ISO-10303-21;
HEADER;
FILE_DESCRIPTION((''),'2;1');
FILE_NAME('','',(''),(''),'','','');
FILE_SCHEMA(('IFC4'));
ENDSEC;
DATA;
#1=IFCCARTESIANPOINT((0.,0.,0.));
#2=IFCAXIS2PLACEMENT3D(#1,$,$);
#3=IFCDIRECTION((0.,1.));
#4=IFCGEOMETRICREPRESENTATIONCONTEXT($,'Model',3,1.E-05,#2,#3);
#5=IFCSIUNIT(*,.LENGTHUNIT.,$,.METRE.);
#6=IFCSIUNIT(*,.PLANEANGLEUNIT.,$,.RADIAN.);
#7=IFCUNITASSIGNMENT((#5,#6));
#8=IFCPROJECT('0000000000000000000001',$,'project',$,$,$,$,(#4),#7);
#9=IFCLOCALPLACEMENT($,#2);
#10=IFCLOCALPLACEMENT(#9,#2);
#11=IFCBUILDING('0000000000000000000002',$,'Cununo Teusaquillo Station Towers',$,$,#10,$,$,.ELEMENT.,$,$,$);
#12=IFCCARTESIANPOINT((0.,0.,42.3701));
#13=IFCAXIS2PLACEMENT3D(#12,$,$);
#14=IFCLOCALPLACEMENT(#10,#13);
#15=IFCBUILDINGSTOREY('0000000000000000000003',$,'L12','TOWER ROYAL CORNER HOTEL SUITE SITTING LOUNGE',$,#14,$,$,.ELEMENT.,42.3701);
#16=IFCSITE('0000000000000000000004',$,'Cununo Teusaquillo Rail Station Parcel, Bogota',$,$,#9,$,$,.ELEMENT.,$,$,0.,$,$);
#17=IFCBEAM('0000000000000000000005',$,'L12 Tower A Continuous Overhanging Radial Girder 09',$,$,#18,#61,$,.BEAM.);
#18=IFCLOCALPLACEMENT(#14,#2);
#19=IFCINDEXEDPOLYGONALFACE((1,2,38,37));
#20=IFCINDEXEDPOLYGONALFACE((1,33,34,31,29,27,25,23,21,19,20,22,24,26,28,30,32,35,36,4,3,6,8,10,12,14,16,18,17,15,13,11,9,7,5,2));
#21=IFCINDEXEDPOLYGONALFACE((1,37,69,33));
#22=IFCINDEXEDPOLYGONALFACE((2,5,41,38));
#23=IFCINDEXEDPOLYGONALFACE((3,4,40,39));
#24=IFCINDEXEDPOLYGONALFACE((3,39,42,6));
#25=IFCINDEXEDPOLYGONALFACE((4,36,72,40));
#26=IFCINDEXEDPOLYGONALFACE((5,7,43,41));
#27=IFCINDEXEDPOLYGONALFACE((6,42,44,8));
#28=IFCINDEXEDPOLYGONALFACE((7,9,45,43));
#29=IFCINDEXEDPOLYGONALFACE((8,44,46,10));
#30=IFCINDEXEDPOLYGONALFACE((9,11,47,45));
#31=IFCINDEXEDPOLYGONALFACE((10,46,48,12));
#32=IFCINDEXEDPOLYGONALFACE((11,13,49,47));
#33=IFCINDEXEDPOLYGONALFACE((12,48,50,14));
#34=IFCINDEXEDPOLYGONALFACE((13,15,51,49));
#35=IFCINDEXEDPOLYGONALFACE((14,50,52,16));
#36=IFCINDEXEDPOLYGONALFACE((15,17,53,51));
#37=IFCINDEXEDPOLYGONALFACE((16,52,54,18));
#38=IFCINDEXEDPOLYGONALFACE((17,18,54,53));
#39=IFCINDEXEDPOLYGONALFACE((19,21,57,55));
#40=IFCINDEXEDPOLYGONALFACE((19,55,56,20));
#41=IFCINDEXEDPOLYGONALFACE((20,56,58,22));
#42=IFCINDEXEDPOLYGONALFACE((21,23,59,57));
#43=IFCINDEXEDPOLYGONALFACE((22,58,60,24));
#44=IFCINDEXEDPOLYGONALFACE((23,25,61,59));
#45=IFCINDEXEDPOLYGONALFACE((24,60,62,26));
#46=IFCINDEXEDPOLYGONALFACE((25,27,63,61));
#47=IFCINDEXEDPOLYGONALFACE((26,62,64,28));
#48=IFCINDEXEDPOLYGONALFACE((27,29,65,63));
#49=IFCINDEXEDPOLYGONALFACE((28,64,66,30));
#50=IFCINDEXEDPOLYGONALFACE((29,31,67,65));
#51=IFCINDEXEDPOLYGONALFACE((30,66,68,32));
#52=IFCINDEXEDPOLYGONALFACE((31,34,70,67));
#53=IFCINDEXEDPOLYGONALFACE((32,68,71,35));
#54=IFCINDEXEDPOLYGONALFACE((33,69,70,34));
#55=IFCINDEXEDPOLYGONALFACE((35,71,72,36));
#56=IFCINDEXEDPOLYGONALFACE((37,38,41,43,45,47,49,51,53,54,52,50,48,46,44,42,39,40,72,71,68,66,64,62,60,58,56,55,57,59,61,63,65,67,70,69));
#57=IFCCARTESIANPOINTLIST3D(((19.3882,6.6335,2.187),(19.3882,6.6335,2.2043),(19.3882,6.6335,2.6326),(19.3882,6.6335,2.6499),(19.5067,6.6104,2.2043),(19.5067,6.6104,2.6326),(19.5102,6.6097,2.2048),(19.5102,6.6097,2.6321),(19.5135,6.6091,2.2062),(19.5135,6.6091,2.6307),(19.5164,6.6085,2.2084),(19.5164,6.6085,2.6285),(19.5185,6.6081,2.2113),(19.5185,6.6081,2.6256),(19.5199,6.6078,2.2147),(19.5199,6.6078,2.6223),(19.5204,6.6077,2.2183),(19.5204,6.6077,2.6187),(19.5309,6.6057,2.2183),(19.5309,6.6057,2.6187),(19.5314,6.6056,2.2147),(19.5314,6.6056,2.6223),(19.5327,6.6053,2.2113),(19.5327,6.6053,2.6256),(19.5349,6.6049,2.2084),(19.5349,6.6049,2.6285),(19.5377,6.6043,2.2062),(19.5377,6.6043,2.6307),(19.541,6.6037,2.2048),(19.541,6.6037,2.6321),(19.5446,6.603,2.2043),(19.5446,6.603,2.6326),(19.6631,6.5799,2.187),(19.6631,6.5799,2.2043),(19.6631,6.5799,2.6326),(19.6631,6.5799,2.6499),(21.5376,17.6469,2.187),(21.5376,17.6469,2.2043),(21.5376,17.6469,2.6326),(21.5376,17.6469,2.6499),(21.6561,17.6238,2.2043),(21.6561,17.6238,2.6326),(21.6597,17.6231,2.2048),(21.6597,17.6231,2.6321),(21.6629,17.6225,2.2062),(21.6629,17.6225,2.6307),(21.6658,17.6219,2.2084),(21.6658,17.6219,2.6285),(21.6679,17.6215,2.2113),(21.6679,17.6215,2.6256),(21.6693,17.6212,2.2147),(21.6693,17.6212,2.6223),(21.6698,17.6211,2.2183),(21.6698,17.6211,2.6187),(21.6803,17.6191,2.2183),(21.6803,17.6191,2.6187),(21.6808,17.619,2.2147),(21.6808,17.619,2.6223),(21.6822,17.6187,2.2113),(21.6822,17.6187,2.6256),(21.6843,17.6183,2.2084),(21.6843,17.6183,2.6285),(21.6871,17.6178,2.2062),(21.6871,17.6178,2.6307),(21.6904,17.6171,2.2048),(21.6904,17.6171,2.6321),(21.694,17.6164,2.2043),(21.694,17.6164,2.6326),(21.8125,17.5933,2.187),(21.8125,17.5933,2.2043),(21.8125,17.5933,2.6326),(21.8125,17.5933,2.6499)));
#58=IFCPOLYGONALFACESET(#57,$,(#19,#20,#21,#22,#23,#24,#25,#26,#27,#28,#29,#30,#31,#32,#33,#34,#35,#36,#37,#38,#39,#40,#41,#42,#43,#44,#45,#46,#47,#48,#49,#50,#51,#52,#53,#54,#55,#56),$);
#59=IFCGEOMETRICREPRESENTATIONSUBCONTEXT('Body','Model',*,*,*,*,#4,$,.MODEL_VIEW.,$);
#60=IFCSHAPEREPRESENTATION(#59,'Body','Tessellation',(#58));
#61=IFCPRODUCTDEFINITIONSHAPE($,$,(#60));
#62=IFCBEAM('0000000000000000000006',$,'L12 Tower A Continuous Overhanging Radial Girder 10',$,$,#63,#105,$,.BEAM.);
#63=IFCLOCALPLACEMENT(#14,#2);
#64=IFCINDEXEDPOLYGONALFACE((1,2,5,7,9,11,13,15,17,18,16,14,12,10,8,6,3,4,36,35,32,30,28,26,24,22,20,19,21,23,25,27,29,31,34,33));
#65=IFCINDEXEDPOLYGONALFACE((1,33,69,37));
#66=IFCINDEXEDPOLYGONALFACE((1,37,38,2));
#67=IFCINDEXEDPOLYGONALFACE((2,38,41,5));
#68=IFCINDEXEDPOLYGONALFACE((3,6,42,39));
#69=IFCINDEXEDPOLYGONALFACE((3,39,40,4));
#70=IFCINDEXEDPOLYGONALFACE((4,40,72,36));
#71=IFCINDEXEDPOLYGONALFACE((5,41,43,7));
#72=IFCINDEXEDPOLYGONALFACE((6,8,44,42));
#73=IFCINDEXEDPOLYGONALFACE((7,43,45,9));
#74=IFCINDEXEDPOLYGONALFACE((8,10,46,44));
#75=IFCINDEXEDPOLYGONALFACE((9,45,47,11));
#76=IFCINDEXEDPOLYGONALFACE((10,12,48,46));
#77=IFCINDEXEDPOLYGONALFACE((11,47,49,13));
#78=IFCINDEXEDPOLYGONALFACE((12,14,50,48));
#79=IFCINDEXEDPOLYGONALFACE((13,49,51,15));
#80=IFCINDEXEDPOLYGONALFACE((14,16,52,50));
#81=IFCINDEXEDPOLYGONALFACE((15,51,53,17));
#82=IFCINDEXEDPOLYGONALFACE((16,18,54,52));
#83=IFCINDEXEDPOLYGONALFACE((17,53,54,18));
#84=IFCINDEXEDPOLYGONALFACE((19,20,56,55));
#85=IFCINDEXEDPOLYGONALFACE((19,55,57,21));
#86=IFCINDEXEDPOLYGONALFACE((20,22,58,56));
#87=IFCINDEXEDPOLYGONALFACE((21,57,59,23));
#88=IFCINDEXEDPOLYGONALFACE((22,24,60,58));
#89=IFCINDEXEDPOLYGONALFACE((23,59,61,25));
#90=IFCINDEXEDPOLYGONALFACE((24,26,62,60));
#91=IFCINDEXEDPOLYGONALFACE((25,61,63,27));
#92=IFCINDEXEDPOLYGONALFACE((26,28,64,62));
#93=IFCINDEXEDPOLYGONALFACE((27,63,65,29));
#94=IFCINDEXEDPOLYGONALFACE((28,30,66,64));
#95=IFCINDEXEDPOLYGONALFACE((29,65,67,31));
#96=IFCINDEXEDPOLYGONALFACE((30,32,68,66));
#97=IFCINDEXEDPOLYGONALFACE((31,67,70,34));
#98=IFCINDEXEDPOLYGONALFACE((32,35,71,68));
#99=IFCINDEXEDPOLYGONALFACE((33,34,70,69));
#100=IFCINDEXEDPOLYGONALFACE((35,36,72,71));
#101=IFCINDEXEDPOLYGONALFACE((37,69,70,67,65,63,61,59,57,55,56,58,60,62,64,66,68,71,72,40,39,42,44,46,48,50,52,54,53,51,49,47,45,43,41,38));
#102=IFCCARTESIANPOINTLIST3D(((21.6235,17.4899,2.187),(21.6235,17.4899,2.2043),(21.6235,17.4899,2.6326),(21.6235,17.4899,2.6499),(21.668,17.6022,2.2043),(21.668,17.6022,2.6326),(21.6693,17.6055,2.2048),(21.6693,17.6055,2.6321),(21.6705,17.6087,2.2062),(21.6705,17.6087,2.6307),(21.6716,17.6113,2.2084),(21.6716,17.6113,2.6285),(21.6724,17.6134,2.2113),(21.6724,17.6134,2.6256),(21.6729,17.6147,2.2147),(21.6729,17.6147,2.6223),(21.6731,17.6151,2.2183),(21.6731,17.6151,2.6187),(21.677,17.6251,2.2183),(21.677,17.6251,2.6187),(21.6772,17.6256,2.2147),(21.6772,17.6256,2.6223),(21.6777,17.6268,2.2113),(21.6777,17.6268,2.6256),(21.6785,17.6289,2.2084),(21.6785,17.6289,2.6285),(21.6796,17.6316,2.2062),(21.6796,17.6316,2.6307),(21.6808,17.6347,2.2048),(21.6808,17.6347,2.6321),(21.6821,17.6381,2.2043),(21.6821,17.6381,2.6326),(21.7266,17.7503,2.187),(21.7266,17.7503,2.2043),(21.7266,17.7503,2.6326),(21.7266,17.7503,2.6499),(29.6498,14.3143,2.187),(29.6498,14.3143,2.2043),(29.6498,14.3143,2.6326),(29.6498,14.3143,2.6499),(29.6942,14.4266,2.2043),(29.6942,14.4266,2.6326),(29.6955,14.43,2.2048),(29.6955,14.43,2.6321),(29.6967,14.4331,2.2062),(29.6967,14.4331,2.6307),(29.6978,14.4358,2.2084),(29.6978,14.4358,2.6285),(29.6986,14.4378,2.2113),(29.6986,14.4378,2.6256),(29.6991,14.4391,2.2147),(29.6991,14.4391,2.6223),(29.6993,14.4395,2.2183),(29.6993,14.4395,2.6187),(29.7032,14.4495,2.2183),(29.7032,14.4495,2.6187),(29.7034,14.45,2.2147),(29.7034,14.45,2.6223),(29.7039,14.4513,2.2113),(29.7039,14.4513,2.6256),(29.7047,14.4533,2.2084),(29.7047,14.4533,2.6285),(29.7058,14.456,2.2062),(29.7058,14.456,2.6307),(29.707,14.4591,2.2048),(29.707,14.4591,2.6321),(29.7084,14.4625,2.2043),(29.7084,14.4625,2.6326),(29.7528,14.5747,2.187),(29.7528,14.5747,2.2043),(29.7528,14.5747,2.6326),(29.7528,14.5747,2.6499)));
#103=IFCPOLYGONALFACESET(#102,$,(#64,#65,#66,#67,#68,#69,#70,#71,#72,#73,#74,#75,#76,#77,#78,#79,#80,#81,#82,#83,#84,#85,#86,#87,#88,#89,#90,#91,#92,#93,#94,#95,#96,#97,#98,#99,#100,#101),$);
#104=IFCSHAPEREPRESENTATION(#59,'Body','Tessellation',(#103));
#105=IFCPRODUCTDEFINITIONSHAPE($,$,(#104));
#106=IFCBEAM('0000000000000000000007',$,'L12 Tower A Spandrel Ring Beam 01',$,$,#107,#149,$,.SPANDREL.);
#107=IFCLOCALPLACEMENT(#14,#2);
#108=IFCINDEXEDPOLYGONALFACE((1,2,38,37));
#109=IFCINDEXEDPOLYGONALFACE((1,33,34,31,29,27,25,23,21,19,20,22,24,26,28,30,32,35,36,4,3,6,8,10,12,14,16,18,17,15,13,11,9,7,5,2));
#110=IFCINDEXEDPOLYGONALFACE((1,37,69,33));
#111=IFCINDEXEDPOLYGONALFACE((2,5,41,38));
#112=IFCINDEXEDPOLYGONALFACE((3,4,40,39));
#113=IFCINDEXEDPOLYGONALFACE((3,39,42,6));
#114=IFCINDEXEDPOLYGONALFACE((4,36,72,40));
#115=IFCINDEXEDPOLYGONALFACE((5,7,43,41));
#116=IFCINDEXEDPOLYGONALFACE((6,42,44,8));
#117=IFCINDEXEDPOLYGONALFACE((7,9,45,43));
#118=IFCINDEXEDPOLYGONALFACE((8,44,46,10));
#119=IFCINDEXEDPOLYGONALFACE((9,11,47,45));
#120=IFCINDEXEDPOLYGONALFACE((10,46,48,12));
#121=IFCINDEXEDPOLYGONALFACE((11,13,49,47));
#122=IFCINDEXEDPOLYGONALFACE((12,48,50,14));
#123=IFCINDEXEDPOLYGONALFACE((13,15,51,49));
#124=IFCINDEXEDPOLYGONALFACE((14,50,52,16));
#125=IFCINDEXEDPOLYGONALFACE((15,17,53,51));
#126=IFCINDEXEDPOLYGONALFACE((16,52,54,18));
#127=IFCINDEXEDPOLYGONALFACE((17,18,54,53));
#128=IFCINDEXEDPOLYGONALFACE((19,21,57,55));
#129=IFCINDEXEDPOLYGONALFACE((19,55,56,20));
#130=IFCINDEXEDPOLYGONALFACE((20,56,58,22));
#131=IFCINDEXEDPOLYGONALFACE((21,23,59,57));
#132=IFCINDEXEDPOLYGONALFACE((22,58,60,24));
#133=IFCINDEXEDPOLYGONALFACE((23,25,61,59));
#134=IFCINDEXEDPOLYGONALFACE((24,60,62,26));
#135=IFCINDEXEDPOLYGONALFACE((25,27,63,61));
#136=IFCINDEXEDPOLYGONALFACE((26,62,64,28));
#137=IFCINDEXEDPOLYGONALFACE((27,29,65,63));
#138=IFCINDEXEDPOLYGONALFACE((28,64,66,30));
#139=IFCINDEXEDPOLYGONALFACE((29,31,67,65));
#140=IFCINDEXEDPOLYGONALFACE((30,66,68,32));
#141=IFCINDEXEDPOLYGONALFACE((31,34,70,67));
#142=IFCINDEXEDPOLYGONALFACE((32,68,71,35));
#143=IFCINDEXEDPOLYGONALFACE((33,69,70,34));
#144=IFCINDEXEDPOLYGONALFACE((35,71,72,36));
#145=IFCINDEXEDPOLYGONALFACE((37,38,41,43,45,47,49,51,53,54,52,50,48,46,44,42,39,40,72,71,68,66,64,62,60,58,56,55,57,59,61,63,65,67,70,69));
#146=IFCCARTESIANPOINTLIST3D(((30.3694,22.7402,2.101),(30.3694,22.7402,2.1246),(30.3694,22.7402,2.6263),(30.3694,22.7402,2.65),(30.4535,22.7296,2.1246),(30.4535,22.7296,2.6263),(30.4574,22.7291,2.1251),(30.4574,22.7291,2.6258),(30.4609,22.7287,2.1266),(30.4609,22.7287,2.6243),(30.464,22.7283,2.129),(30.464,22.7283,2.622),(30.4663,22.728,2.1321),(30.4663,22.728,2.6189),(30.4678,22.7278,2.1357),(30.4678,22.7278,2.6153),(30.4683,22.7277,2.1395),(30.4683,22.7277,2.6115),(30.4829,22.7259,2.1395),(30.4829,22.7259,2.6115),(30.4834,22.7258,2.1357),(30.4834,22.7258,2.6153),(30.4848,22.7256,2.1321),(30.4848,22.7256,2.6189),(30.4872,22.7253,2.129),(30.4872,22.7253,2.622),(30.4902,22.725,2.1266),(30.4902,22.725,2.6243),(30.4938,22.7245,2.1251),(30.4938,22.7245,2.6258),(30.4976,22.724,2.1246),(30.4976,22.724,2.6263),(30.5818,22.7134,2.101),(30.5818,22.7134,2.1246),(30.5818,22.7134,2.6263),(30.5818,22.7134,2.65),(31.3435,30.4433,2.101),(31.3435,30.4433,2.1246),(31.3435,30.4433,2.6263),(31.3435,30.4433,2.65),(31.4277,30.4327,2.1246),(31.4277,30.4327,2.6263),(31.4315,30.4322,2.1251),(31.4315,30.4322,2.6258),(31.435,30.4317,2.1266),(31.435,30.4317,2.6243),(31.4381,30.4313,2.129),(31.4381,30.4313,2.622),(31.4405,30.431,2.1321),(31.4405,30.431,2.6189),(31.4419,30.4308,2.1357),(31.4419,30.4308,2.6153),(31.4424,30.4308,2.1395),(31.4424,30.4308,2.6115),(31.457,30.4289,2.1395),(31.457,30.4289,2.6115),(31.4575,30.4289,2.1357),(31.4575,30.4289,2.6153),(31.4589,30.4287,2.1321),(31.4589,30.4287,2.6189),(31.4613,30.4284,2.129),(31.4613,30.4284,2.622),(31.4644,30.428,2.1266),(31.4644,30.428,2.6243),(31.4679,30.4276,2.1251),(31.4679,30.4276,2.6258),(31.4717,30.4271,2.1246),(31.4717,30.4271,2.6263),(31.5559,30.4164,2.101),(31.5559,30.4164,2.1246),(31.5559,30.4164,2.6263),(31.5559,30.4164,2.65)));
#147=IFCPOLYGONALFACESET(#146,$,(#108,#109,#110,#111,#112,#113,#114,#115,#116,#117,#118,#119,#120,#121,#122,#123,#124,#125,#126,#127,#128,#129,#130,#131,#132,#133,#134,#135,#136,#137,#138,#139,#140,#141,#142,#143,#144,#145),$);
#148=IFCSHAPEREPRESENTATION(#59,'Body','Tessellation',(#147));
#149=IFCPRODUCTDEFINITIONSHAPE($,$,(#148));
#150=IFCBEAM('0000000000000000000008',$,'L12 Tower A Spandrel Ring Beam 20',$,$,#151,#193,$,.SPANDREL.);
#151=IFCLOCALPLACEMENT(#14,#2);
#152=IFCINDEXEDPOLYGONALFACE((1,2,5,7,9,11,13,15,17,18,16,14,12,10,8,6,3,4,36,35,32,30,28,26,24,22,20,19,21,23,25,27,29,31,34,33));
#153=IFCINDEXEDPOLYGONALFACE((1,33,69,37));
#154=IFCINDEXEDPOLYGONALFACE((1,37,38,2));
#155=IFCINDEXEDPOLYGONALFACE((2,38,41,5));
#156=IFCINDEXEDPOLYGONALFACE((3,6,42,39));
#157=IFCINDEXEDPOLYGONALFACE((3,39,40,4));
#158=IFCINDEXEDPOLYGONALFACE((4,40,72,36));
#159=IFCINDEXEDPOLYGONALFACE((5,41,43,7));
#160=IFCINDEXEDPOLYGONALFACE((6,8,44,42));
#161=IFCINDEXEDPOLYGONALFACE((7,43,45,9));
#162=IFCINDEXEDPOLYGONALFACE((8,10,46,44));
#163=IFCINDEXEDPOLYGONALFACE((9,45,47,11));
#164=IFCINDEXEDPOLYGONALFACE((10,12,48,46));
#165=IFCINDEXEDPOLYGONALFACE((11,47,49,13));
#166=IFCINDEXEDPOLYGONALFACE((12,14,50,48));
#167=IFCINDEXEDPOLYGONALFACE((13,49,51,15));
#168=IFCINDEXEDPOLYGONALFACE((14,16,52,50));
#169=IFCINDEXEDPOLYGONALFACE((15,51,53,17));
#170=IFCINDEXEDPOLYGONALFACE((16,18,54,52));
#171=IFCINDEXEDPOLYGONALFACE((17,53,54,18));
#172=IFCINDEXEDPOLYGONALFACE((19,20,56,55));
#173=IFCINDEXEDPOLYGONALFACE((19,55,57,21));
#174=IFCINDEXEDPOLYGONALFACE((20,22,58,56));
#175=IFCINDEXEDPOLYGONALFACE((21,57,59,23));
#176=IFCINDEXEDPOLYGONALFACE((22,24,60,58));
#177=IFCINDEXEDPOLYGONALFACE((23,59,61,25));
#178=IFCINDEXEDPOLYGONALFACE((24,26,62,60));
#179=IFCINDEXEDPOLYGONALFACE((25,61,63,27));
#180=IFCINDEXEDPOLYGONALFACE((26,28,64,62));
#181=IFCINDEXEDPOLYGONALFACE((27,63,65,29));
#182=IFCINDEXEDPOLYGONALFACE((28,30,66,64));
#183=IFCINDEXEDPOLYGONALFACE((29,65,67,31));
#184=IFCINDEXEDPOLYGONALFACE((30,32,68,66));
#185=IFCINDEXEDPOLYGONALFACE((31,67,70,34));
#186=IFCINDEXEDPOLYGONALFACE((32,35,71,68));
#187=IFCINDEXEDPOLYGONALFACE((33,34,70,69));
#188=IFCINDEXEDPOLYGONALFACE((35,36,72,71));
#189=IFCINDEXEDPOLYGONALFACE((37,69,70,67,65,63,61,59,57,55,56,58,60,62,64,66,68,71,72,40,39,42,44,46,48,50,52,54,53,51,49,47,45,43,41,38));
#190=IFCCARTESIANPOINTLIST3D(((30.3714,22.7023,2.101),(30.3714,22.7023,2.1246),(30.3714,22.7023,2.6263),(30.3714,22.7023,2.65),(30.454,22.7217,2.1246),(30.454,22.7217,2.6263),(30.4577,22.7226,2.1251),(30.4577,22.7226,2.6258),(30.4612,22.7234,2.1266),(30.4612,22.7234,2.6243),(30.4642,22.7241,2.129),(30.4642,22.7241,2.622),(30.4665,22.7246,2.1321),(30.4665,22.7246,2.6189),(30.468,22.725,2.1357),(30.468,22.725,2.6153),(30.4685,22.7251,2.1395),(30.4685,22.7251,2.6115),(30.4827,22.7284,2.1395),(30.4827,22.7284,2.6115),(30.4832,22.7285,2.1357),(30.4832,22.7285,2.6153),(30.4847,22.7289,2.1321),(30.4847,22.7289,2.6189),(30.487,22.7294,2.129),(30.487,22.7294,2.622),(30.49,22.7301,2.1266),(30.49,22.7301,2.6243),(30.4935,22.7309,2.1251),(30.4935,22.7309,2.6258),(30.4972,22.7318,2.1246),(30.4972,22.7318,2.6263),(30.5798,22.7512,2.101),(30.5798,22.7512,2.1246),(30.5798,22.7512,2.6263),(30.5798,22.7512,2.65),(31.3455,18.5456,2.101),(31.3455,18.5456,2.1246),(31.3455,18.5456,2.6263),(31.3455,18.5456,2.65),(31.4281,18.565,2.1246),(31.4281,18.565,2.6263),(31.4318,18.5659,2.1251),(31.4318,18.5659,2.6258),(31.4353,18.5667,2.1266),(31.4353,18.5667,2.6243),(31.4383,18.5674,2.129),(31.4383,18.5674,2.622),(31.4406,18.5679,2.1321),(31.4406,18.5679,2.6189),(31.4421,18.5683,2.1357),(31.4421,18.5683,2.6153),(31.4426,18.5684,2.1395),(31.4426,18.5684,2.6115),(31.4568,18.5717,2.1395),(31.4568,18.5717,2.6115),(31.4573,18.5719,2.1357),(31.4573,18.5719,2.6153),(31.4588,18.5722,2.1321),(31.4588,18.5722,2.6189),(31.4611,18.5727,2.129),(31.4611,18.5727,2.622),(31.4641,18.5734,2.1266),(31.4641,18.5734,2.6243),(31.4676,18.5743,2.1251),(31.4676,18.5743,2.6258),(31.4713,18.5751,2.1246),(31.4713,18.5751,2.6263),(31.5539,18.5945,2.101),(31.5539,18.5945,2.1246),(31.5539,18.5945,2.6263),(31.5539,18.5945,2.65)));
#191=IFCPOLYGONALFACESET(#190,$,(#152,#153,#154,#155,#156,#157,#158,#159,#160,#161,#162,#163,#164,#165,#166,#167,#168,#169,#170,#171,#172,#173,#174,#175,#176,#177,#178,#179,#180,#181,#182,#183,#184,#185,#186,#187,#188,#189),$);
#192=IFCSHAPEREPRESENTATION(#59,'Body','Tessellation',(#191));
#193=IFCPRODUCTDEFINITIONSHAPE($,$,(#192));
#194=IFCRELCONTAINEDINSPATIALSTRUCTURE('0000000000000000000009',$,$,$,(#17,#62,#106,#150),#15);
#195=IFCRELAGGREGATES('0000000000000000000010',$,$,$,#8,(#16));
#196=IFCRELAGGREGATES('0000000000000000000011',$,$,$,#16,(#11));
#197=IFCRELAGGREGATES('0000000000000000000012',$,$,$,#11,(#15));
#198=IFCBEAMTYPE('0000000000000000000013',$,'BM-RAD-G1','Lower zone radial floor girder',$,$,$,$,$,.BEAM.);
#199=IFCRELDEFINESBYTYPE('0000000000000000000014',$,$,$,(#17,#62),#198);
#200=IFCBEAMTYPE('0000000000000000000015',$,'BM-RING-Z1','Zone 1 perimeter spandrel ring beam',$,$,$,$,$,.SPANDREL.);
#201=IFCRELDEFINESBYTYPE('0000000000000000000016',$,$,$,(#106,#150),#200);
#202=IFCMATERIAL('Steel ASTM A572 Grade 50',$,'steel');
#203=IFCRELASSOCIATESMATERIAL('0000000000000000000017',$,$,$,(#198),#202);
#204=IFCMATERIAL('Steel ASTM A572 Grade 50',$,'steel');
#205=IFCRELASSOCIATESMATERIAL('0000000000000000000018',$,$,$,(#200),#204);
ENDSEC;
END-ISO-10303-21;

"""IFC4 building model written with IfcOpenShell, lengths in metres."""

from ifc_helpers import new_model, si_unit, direction, frame, origin, origin_2d, place, context, subcontext, project, spatial, i_section, extrude, material, material_profile, profile_set, type_object, element, save


model = new_model("IFC4")

# Units and contexts
model_context = context("Model", 3, precision=1e-05, world=origin(), true_north=direction((0.0, 1.0)))
body_context = subcontext(model_context, "Body", "Model", "MODEL_VIEW")
ifc_project = project(units=[si_unit("LENGTHUNIT", "METRE"), si_unit("PLANEANGLEUNIT", "RADIAN")], contexts=[model_context])

# Site, building, storey
site_placement = place(None, origin())
site = spatial("IfcSite", under=ifc_project, at=site_placement, Name="Cununo Teusaquillo Rail Station Parcel, Bogota", CompositionType="ELEMENT", RefElevation=0.0)
building_placement = place(site_placement, origin())
building = spatial("IfcBuilding", under=site, at=building_placement, Name="Cununo Teusaquillo Station Towers", CompositionType="ELEMENT")
storey_placement = place(building_placement, frame((0.0, 0.0, 42.3701)))
storey = spatial("IfcBuildingStorey", under=building, at=storey_placement, Name="L12", Description="TOWER ROYAL CORNER HOTEL SUITE SITTING LOUNGE", CompositionType="ELEMENT", Elevation=42.3701)

# Beams
ifc_material_1 = material(Name="Steel ASTM A572 Grade 50", Category="steel")
ifc_material_profile_1 = material_profile(ifc_material_1, i_section(OverallWidth=0.28, OverallDepth=0.4629, WebThickness=0.0107, FlangeThickness=0.0173, FilletRadius=0.0139, at=origin_2d()), Name="W18X76")
ifc_profile_set_1 = profile_set([ifc_material_profile_1], Name="Steel ASTM A572 Grade 50")
beam_type_1 = type_object("IfcBeamType", Name="BM-RAD-G1", Description="Lower zone radial floor girder", PredefinedType="BEAM", material=ifc_profile_set_1)
beam_1_placement = place(storey_placement, frame((21.675, 17.6201, 2.4185), z_axis=(-0.191549, -0.981483, 0.0), x_axis=(0.981483, -0.191549, 0.0)))
element("IfcBeam", 1, at=beam_1_placement, inside=storey, type_object=beam_type_1, Name="L12 Tower A Continuous Overhanging Radial Girder 09", PredefinedType="BEAM", context=body_context, shape_type="SweptSolid", body=[
    extrude(i_section(OverallWidth=0.28, OverallDepth=0.4629, WebThickness=0.0107, FlangeThickness=0.0173, FilletRadius=0.0139, at=origin_2d()), origin(), (0.0, 0.0, 1.0), 11.2212),
])
beam_2_placement = place(storey_placement, frame((21.675, 17.6201, 2.4185), z_axis=(0.929865, -0.367901, 0.0), x_axis=(0.367901, 0.929865, 0.0)))
element("IfcBeam", 2, at=beam_2_placement, inside=storey, type_object=beam_type_1, Name="L12 Tower A Continuous Overhanging Radial Girder 10", PredefinedType="BEAM", context=body_context, shape_type="SweptSolid", body=[
    extrude(i_section(OverallWidth=0.28, OverallDepth=0.4629, WebThickness=0.0107, FlangeThickness=0.0173, FilletRadius=0.0139, at=origin_2d()), origin(), (0.0, 0.0, 1.0), 8.6316),
])
ifc_material_2 = material(Name="Steel ASTM A572 Grade 50", Category="steel")
ifc_material_profile_2 = material_profile(ifc_material_2, i_section(OverallWidth=0.2141, OverallDepth=0.5491, WebThickness=0.0146, FlangeThickness=0.0237, FilletRadius=0.0149, at=origin_2d()), Name="W21X93")
ifc_profile_set_2 = profile_set([ifc_material_profile_2], Name="Steel ASTM A572 Grade 50")
beam_type_2 = type_object("IfcBeamType", Name="BM-RING-Z1", Description="Zone 1 perimeter spandrel ring beam", PredefinedType="SPANDREL", material=ifc_profile_set_2)
beam_3_placement = place(storey_placement, frame((30.4756, 22.7268, 2.3755), z_axis=(0.125459, 0.992099, 0.0), x_axis=(-0.992099, 0.125459, 0.0)))
element("IfcBeam", 3, at=beam_3_placement, inside=storey, type_object=beam_type_2, Name="L12 Tower A Spandrel Ring Beam 01", PredefinedType="SPANDREL", context=body_context, shape_type="SweptSolid", body=[
    extrude(i_section(OverallWidth=0.2141, OverallDepth=0.5491, WebThickness=0.0146, FlangeThickness=0.0237, FilletRadius=0.0149, at=origin_2d()), origin(), (0.0, 0.0, 1.0), 7.7644),
])
beam_4_placement = place(storey_placement, frame((31.4497, 18.5701, 2.3755), z_axis=(-0.228166, 0.973622, 0.0), x_axis=(-0.973622, -0.228166, 0.0)))
element("IfcBeam", 4, at=beam_4_placement, inside=storey, type_object=beam_type_2, Name="L12 Tower A Spandrel Ring Beam 20", PredefinedType="SPANDREL", context=body_context, shape_type="SweptSolid", body=[
    extrude(i_section(OverallWidth=0.2141, OverallDepth=0.5491, WebThickness=0.0146, FlangeThickness=0.0237, FilletRadius=0.0149, at=origin_2d()), origin(), (0.0, 0.0, 1.0), 4.2693),
])

save(model, "model.ifc")
